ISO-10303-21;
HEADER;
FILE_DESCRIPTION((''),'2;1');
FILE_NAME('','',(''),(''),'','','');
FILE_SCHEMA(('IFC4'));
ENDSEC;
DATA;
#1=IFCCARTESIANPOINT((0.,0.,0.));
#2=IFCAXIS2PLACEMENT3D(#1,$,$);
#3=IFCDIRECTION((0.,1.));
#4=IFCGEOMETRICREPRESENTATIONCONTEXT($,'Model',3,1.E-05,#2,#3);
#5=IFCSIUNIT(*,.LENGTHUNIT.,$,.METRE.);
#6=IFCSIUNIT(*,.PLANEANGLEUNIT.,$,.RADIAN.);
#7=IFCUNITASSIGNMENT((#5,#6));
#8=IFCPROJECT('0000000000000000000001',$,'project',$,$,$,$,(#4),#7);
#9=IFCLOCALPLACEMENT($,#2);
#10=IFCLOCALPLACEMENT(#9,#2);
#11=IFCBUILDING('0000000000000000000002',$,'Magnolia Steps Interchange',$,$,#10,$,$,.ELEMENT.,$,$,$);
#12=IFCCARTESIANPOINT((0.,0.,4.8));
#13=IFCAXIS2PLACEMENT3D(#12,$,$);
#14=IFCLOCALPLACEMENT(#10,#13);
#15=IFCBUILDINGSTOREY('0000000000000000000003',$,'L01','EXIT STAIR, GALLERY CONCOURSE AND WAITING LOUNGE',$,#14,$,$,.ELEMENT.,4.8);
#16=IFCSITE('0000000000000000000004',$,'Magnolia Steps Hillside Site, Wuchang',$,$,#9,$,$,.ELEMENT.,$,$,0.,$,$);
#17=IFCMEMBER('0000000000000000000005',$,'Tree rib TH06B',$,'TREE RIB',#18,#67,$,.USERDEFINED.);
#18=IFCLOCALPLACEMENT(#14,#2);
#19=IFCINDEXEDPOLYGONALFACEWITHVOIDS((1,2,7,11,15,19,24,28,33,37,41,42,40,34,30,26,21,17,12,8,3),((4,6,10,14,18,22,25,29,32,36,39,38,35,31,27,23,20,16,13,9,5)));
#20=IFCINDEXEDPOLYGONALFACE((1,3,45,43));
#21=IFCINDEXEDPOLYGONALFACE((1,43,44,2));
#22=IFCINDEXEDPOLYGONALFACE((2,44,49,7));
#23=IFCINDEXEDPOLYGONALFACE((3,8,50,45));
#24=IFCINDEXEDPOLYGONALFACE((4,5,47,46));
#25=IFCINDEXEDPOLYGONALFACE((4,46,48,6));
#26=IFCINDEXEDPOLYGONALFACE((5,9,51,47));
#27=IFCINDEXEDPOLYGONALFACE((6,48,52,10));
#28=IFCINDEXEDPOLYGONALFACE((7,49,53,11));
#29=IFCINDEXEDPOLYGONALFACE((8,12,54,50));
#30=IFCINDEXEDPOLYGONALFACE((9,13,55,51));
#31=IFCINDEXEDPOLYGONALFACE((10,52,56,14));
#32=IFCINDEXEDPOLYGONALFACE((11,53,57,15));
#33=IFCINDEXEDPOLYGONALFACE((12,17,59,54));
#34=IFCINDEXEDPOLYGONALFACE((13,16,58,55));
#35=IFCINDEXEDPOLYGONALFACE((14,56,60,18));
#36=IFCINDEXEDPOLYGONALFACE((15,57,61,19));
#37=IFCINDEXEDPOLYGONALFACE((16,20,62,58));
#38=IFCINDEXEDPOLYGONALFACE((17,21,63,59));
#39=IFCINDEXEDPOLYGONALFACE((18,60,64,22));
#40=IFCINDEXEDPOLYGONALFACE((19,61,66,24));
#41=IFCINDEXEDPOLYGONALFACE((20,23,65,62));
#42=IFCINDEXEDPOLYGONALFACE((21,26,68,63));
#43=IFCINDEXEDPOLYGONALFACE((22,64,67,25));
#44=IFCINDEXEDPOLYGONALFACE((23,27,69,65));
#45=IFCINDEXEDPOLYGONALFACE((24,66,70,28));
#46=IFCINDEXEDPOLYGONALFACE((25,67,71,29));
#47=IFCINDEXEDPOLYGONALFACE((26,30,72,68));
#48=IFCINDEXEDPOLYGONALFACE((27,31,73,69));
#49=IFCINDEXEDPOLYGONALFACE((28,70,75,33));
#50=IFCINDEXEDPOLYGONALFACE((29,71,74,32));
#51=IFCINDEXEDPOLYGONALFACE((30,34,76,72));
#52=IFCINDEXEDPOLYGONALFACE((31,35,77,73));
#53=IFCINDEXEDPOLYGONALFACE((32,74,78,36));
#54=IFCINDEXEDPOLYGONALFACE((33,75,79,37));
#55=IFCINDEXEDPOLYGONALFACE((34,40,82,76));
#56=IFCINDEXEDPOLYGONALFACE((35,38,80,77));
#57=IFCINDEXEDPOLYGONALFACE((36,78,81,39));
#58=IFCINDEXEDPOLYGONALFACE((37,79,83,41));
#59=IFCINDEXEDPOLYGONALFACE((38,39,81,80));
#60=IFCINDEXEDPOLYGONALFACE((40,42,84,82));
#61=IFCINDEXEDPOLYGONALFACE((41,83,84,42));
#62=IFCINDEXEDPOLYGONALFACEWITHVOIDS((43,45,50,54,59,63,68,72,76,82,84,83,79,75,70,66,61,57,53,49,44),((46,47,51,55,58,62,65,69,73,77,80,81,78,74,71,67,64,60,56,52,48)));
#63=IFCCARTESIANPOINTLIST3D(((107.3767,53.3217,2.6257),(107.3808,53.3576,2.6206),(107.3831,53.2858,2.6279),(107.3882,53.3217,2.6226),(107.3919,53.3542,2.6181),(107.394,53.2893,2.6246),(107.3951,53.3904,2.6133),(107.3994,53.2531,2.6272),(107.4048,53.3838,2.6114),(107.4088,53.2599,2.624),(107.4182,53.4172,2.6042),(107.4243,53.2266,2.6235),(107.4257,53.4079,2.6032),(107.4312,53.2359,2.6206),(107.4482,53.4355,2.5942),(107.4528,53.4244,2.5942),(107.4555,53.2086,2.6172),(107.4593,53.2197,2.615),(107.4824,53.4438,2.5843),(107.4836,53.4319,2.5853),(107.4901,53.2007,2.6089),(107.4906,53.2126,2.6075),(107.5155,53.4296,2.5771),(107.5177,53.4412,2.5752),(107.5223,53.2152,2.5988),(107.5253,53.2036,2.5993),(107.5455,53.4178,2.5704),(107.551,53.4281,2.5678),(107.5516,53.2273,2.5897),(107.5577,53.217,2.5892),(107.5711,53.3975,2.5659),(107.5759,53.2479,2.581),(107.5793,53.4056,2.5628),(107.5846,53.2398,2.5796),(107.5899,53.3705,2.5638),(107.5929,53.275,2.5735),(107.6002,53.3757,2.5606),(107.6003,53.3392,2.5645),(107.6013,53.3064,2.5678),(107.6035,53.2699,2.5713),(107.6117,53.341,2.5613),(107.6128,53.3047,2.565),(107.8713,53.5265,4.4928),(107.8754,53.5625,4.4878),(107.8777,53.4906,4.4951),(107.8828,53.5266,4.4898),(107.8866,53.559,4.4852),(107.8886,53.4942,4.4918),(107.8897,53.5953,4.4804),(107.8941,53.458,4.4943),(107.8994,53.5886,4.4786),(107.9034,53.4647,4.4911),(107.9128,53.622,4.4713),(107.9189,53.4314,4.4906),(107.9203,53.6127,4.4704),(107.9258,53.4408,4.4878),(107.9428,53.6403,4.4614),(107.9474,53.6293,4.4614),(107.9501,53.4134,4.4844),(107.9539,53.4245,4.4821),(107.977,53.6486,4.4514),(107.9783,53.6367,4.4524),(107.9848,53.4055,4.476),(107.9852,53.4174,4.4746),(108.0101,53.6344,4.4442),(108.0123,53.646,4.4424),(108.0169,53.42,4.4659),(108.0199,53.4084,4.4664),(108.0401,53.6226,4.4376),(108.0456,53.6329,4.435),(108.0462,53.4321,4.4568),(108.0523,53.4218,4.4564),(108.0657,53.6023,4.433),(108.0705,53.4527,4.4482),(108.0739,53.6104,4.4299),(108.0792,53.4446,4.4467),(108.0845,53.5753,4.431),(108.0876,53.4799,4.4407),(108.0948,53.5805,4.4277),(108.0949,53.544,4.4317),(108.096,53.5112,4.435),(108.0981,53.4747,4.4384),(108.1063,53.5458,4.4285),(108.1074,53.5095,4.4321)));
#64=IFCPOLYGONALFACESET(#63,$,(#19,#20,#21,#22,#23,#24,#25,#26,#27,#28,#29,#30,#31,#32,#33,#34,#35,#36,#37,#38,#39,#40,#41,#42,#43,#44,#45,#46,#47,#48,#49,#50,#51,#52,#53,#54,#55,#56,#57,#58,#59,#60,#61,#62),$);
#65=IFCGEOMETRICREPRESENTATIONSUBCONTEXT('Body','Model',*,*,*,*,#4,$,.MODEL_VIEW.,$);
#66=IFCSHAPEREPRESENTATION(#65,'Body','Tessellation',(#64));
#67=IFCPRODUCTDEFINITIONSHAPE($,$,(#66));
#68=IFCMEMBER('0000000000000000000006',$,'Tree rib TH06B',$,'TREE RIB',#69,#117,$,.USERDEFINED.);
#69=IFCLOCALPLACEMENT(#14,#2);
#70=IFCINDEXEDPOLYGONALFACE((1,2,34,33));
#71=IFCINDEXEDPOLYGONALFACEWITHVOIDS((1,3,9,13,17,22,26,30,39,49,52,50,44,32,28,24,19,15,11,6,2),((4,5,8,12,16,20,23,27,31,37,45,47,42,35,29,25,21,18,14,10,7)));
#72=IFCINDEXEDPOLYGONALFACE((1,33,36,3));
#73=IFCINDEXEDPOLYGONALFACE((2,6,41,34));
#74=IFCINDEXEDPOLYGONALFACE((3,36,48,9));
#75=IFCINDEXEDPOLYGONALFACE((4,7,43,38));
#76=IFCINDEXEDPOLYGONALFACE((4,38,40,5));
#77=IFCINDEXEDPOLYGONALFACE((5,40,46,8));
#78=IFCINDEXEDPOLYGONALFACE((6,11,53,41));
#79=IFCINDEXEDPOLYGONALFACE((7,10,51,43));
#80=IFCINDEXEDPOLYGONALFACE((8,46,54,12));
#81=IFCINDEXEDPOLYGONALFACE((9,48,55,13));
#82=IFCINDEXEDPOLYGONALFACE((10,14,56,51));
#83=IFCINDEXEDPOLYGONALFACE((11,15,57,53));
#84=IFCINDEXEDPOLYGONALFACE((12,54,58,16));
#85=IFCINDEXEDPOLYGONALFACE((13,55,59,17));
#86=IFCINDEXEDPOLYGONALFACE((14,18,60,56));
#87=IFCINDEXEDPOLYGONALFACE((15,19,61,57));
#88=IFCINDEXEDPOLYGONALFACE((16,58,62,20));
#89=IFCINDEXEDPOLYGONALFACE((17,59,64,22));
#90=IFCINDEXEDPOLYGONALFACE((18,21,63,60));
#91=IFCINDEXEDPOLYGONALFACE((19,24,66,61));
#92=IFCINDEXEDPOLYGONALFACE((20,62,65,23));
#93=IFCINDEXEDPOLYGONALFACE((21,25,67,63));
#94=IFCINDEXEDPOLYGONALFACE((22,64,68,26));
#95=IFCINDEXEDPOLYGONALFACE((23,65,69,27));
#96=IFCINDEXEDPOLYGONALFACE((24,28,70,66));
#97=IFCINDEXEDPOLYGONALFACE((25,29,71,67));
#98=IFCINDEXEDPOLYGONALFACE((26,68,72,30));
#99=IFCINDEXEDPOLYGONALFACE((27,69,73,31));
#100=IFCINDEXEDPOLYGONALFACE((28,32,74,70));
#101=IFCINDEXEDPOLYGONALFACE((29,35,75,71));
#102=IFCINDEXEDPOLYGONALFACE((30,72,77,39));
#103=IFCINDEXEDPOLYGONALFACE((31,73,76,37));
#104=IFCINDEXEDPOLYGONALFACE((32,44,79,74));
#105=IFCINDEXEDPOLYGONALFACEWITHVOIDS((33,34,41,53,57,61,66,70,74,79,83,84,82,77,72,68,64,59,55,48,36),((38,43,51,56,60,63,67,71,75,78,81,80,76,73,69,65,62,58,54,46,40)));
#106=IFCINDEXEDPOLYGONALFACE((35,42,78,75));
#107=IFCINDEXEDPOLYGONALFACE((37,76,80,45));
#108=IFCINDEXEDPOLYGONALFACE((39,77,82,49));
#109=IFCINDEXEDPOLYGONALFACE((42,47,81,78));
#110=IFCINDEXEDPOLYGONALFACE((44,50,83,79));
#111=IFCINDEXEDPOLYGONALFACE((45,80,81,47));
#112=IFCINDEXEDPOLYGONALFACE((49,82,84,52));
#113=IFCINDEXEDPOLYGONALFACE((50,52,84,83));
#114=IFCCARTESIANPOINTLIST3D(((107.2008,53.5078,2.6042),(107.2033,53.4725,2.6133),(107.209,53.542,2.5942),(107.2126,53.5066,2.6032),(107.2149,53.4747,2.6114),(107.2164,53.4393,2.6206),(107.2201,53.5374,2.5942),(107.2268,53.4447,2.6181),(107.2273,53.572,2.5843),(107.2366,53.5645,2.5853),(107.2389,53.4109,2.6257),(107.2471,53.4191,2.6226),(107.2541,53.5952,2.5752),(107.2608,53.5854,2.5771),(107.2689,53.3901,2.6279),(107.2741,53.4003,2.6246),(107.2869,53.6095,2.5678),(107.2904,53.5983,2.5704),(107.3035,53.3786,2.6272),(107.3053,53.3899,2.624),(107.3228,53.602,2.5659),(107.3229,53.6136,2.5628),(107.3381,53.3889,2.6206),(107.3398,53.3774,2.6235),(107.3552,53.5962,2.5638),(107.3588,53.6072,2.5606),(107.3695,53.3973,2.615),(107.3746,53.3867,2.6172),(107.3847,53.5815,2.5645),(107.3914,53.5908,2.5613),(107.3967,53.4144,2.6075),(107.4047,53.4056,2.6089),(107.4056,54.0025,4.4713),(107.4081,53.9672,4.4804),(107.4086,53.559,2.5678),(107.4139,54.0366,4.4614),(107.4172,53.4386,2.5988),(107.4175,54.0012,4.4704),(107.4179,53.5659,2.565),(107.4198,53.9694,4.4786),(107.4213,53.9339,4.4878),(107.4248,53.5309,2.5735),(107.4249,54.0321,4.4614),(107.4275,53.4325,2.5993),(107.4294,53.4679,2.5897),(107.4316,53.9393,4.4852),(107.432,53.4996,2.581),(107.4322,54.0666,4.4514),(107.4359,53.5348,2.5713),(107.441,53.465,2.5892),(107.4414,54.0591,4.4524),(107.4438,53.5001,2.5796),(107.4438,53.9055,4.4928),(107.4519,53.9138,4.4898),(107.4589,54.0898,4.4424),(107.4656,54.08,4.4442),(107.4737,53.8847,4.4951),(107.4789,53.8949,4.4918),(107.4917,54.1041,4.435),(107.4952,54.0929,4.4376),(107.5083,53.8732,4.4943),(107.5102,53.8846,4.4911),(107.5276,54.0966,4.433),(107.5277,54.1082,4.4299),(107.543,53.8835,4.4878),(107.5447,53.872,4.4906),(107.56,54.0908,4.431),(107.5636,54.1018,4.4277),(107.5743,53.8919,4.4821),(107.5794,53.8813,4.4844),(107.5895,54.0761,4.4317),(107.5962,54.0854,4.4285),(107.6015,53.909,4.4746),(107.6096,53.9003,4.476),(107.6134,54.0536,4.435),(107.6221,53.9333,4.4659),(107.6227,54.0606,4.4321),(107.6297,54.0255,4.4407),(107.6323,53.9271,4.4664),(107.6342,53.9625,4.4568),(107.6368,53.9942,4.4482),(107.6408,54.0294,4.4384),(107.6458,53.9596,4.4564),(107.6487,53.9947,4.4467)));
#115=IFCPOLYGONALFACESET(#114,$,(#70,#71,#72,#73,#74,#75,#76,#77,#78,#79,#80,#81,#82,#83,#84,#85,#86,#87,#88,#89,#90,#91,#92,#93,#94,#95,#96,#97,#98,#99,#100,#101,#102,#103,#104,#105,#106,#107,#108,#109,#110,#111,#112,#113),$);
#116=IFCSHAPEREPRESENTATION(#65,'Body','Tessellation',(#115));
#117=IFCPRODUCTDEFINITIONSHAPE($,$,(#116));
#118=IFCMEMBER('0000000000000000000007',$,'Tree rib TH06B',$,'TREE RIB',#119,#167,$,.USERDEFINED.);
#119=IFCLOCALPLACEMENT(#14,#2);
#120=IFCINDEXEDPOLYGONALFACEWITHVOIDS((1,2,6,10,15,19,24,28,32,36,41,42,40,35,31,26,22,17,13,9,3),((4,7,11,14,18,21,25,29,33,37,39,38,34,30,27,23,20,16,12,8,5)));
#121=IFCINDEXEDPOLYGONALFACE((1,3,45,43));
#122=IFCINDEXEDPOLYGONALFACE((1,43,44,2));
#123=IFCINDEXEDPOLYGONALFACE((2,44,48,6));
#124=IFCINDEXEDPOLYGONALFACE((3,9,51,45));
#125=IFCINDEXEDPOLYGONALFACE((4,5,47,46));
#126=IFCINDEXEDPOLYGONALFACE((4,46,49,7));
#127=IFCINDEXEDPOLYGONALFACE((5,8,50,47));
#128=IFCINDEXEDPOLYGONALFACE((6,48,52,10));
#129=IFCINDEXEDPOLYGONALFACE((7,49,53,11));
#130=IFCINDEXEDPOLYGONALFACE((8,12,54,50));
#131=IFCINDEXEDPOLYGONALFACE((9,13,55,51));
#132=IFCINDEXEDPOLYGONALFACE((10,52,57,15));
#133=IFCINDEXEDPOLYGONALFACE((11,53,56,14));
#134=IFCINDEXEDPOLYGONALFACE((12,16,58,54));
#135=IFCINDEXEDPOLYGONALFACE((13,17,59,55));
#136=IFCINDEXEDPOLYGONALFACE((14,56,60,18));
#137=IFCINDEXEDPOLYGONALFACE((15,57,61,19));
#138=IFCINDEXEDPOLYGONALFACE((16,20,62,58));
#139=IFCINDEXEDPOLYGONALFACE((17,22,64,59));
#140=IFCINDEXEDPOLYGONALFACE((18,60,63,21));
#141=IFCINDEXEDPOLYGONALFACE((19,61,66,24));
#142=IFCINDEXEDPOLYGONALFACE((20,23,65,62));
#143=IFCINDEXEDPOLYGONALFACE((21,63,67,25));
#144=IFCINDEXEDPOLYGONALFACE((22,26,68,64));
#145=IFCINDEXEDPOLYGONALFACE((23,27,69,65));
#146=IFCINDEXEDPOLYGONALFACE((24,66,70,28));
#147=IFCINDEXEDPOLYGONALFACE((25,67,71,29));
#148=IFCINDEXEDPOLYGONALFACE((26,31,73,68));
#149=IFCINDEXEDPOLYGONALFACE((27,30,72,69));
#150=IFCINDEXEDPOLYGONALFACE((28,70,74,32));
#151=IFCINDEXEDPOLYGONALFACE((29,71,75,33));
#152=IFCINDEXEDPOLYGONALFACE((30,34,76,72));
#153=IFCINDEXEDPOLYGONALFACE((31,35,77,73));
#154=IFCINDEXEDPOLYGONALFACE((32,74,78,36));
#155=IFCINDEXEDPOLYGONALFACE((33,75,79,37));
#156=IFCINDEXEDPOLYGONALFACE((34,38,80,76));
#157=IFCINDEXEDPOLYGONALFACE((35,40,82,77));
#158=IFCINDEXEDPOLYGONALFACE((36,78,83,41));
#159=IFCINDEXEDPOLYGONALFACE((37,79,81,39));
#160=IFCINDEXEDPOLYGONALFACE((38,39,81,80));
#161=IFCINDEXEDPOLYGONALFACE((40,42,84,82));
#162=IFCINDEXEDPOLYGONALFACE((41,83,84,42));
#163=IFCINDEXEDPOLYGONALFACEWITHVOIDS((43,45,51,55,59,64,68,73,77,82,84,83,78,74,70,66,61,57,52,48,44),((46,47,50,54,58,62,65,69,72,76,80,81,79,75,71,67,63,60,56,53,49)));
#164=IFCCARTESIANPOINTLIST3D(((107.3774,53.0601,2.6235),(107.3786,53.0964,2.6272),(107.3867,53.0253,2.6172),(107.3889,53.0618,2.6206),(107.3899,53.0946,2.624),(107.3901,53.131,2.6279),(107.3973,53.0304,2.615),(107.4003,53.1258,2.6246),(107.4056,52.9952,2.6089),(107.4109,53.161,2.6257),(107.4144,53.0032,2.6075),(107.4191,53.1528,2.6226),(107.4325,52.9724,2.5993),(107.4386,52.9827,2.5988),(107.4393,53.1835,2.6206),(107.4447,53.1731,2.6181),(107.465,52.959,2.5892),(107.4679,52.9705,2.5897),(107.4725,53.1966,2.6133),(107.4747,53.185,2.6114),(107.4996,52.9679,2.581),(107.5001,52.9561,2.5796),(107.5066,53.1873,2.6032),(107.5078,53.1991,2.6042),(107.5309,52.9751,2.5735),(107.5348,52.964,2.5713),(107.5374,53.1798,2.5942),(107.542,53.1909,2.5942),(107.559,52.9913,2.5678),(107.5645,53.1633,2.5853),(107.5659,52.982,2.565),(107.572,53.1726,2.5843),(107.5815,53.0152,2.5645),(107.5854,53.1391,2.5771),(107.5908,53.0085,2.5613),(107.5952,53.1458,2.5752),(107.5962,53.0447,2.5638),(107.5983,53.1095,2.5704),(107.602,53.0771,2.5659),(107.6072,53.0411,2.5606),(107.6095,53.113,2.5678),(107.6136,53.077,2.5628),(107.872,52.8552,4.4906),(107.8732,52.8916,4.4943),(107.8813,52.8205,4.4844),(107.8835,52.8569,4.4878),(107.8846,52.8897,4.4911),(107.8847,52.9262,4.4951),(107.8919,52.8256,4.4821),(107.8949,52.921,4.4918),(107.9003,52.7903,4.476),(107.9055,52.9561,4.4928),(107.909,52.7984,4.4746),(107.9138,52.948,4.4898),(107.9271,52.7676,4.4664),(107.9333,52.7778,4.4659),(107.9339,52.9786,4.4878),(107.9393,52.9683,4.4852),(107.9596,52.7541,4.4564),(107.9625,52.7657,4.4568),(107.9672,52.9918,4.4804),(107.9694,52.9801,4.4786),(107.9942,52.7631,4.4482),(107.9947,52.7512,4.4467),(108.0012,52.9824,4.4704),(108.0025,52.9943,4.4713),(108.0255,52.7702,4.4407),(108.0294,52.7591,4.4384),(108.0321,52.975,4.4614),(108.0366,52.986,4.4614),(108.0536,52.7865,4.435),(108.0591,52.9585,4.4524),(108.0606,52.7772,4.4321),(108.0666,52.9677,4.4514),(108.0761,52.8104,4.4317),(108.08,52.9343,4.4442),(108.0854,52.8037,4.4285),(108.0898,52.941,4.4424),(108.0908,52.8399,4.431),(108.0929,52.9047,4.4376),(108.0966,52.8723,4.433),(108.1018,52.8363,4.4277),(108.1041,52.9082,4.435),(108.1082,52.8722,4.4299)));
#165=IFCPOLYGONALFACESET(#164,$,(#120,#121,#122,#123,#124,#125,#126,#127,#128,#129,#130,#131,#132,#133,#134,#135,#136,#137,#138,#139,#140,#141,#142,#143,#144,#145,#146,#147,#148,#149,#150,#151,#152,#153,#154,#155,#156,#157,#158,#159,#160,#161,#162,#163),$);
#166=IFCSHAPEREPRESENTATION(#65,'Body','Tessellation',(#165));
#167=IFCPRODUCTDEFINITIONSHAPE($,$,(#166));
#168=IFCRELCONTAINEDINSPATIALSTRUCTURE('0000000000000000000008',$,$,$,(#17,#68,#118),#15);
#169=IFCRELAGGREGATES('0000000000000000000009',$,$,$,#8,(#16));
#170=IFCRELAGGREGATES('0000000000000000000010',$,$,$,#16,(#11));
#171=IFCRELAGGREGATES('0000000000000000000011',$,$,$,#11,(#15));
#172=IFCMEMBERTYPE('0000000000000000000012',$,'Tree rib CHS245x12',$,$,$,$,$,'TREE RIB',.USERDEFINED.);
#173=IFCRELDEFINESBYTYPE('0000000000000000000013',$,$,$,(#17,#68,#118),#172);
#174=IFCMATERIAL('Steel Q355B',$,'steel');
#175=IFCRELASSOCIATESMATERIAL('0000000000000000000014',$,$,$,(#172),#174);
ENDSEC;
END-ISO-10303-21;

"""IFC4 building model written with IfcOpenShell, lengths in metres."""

from ifc_helpers import new_model, si_unit, direction, frame, origin, origin_2d, place, context, subcontext, project, spatial, hollow_circle, extrude, material, material_profile, profile_set, type_object, element, save


model = new_model("IFC4")

# Units and contexts
model_context = context("Model", 3, precision=1e-05, world=origin(), true_north=direction((0.0, 1.0)))
body_context = subcontext(model_context, "Body", "Model", "MODEL_VIEW")
ifc_project = project(units=[si_unit("LENGTHUNIT", "METRE"), si_unit("PLANEANGLEUNIT", "RADIAN")], contexts=[model_context])

# Site, building, storey
site_placement = place(None, origin())
site = spatial("IfcSite", under=ifc_project, at=site_placement, Name="Magnolia Steps Hillside Site, Wuchang", CompositionType="ELEMENT", RefElevation=0.0)
building_placement = place(site_placement, origin())
building = spatial("IfcBuilding", under=site, at=building_placement, Name="Magnolia Steps Interchange", CompositionType="ELEMENT")
storey_placement = place(building_placement, frame((0.0, 0.0, 4.8)))
storey = spatial("IfcBuildingStorey", under=building, at=storey_placement, Name="L01", Description="EXIT STAIR, GALLERY CONCOURSE AND WAITING LOUNGE", CompositionType="ELEMENT", Elevation=4.8)

# Members
ifc_material_1 = material(Name="Steel Q355B", Category="steel")
ifc_material_profile_1 = material_profile(ifc_material_1, hollow_circle(Radius=0.1226, WallThickness=0.012, at=origin_2d()), Name="CHS245x12")
ifc_profile_set_1 = profile_set([ifc_material_profile_1], Name="Steel Q355B")
member_type = type_object("IfcMemberType", Name="Tree rib CHS245x12", ElementType="TREE RIB", PredefinedType="USERDEFINED", material=ifc_profile_set_1)
for number, where, z_axis, x_axis, name in (
    (1, (107.4951, 53.3223, 2.5942), (0.254645, 0.105453, 0.961268), (-0.382607, 0.923911, 0.0), "Tree rib TH06B"),
    (2, (107.3223, 53.4951, 2.5942), (0.105453, 0.254645, 0.961268), (-0.923911, 0.382607, 0.0), "Tree rib TH06B"),
    (3, (107.4951, 53.0776, 2.5942), (0.254645, -0.105453, 0.961268), (0.382607, 0.923911, 0.0), "Tree rib TH06B"),
):
    element("IfcMember", number, at=place(storey_placement, frame(where, z_axis=z_axis, x_axis=x_axis)), inside=storey, type_object=member_type, Name=name, ObjectType="TREE RIB", PredefinedType="USERDEFINED", context=body_context, shape_type="SweptSolid", body=[
        extrude(hollow_circle(Radius=0.1226, WallThickness=0.012, at=origin_2d()), origin(), (0.0, 0.0, 1.0), 1.9424),
    ])

save(model, "model.ifc")
